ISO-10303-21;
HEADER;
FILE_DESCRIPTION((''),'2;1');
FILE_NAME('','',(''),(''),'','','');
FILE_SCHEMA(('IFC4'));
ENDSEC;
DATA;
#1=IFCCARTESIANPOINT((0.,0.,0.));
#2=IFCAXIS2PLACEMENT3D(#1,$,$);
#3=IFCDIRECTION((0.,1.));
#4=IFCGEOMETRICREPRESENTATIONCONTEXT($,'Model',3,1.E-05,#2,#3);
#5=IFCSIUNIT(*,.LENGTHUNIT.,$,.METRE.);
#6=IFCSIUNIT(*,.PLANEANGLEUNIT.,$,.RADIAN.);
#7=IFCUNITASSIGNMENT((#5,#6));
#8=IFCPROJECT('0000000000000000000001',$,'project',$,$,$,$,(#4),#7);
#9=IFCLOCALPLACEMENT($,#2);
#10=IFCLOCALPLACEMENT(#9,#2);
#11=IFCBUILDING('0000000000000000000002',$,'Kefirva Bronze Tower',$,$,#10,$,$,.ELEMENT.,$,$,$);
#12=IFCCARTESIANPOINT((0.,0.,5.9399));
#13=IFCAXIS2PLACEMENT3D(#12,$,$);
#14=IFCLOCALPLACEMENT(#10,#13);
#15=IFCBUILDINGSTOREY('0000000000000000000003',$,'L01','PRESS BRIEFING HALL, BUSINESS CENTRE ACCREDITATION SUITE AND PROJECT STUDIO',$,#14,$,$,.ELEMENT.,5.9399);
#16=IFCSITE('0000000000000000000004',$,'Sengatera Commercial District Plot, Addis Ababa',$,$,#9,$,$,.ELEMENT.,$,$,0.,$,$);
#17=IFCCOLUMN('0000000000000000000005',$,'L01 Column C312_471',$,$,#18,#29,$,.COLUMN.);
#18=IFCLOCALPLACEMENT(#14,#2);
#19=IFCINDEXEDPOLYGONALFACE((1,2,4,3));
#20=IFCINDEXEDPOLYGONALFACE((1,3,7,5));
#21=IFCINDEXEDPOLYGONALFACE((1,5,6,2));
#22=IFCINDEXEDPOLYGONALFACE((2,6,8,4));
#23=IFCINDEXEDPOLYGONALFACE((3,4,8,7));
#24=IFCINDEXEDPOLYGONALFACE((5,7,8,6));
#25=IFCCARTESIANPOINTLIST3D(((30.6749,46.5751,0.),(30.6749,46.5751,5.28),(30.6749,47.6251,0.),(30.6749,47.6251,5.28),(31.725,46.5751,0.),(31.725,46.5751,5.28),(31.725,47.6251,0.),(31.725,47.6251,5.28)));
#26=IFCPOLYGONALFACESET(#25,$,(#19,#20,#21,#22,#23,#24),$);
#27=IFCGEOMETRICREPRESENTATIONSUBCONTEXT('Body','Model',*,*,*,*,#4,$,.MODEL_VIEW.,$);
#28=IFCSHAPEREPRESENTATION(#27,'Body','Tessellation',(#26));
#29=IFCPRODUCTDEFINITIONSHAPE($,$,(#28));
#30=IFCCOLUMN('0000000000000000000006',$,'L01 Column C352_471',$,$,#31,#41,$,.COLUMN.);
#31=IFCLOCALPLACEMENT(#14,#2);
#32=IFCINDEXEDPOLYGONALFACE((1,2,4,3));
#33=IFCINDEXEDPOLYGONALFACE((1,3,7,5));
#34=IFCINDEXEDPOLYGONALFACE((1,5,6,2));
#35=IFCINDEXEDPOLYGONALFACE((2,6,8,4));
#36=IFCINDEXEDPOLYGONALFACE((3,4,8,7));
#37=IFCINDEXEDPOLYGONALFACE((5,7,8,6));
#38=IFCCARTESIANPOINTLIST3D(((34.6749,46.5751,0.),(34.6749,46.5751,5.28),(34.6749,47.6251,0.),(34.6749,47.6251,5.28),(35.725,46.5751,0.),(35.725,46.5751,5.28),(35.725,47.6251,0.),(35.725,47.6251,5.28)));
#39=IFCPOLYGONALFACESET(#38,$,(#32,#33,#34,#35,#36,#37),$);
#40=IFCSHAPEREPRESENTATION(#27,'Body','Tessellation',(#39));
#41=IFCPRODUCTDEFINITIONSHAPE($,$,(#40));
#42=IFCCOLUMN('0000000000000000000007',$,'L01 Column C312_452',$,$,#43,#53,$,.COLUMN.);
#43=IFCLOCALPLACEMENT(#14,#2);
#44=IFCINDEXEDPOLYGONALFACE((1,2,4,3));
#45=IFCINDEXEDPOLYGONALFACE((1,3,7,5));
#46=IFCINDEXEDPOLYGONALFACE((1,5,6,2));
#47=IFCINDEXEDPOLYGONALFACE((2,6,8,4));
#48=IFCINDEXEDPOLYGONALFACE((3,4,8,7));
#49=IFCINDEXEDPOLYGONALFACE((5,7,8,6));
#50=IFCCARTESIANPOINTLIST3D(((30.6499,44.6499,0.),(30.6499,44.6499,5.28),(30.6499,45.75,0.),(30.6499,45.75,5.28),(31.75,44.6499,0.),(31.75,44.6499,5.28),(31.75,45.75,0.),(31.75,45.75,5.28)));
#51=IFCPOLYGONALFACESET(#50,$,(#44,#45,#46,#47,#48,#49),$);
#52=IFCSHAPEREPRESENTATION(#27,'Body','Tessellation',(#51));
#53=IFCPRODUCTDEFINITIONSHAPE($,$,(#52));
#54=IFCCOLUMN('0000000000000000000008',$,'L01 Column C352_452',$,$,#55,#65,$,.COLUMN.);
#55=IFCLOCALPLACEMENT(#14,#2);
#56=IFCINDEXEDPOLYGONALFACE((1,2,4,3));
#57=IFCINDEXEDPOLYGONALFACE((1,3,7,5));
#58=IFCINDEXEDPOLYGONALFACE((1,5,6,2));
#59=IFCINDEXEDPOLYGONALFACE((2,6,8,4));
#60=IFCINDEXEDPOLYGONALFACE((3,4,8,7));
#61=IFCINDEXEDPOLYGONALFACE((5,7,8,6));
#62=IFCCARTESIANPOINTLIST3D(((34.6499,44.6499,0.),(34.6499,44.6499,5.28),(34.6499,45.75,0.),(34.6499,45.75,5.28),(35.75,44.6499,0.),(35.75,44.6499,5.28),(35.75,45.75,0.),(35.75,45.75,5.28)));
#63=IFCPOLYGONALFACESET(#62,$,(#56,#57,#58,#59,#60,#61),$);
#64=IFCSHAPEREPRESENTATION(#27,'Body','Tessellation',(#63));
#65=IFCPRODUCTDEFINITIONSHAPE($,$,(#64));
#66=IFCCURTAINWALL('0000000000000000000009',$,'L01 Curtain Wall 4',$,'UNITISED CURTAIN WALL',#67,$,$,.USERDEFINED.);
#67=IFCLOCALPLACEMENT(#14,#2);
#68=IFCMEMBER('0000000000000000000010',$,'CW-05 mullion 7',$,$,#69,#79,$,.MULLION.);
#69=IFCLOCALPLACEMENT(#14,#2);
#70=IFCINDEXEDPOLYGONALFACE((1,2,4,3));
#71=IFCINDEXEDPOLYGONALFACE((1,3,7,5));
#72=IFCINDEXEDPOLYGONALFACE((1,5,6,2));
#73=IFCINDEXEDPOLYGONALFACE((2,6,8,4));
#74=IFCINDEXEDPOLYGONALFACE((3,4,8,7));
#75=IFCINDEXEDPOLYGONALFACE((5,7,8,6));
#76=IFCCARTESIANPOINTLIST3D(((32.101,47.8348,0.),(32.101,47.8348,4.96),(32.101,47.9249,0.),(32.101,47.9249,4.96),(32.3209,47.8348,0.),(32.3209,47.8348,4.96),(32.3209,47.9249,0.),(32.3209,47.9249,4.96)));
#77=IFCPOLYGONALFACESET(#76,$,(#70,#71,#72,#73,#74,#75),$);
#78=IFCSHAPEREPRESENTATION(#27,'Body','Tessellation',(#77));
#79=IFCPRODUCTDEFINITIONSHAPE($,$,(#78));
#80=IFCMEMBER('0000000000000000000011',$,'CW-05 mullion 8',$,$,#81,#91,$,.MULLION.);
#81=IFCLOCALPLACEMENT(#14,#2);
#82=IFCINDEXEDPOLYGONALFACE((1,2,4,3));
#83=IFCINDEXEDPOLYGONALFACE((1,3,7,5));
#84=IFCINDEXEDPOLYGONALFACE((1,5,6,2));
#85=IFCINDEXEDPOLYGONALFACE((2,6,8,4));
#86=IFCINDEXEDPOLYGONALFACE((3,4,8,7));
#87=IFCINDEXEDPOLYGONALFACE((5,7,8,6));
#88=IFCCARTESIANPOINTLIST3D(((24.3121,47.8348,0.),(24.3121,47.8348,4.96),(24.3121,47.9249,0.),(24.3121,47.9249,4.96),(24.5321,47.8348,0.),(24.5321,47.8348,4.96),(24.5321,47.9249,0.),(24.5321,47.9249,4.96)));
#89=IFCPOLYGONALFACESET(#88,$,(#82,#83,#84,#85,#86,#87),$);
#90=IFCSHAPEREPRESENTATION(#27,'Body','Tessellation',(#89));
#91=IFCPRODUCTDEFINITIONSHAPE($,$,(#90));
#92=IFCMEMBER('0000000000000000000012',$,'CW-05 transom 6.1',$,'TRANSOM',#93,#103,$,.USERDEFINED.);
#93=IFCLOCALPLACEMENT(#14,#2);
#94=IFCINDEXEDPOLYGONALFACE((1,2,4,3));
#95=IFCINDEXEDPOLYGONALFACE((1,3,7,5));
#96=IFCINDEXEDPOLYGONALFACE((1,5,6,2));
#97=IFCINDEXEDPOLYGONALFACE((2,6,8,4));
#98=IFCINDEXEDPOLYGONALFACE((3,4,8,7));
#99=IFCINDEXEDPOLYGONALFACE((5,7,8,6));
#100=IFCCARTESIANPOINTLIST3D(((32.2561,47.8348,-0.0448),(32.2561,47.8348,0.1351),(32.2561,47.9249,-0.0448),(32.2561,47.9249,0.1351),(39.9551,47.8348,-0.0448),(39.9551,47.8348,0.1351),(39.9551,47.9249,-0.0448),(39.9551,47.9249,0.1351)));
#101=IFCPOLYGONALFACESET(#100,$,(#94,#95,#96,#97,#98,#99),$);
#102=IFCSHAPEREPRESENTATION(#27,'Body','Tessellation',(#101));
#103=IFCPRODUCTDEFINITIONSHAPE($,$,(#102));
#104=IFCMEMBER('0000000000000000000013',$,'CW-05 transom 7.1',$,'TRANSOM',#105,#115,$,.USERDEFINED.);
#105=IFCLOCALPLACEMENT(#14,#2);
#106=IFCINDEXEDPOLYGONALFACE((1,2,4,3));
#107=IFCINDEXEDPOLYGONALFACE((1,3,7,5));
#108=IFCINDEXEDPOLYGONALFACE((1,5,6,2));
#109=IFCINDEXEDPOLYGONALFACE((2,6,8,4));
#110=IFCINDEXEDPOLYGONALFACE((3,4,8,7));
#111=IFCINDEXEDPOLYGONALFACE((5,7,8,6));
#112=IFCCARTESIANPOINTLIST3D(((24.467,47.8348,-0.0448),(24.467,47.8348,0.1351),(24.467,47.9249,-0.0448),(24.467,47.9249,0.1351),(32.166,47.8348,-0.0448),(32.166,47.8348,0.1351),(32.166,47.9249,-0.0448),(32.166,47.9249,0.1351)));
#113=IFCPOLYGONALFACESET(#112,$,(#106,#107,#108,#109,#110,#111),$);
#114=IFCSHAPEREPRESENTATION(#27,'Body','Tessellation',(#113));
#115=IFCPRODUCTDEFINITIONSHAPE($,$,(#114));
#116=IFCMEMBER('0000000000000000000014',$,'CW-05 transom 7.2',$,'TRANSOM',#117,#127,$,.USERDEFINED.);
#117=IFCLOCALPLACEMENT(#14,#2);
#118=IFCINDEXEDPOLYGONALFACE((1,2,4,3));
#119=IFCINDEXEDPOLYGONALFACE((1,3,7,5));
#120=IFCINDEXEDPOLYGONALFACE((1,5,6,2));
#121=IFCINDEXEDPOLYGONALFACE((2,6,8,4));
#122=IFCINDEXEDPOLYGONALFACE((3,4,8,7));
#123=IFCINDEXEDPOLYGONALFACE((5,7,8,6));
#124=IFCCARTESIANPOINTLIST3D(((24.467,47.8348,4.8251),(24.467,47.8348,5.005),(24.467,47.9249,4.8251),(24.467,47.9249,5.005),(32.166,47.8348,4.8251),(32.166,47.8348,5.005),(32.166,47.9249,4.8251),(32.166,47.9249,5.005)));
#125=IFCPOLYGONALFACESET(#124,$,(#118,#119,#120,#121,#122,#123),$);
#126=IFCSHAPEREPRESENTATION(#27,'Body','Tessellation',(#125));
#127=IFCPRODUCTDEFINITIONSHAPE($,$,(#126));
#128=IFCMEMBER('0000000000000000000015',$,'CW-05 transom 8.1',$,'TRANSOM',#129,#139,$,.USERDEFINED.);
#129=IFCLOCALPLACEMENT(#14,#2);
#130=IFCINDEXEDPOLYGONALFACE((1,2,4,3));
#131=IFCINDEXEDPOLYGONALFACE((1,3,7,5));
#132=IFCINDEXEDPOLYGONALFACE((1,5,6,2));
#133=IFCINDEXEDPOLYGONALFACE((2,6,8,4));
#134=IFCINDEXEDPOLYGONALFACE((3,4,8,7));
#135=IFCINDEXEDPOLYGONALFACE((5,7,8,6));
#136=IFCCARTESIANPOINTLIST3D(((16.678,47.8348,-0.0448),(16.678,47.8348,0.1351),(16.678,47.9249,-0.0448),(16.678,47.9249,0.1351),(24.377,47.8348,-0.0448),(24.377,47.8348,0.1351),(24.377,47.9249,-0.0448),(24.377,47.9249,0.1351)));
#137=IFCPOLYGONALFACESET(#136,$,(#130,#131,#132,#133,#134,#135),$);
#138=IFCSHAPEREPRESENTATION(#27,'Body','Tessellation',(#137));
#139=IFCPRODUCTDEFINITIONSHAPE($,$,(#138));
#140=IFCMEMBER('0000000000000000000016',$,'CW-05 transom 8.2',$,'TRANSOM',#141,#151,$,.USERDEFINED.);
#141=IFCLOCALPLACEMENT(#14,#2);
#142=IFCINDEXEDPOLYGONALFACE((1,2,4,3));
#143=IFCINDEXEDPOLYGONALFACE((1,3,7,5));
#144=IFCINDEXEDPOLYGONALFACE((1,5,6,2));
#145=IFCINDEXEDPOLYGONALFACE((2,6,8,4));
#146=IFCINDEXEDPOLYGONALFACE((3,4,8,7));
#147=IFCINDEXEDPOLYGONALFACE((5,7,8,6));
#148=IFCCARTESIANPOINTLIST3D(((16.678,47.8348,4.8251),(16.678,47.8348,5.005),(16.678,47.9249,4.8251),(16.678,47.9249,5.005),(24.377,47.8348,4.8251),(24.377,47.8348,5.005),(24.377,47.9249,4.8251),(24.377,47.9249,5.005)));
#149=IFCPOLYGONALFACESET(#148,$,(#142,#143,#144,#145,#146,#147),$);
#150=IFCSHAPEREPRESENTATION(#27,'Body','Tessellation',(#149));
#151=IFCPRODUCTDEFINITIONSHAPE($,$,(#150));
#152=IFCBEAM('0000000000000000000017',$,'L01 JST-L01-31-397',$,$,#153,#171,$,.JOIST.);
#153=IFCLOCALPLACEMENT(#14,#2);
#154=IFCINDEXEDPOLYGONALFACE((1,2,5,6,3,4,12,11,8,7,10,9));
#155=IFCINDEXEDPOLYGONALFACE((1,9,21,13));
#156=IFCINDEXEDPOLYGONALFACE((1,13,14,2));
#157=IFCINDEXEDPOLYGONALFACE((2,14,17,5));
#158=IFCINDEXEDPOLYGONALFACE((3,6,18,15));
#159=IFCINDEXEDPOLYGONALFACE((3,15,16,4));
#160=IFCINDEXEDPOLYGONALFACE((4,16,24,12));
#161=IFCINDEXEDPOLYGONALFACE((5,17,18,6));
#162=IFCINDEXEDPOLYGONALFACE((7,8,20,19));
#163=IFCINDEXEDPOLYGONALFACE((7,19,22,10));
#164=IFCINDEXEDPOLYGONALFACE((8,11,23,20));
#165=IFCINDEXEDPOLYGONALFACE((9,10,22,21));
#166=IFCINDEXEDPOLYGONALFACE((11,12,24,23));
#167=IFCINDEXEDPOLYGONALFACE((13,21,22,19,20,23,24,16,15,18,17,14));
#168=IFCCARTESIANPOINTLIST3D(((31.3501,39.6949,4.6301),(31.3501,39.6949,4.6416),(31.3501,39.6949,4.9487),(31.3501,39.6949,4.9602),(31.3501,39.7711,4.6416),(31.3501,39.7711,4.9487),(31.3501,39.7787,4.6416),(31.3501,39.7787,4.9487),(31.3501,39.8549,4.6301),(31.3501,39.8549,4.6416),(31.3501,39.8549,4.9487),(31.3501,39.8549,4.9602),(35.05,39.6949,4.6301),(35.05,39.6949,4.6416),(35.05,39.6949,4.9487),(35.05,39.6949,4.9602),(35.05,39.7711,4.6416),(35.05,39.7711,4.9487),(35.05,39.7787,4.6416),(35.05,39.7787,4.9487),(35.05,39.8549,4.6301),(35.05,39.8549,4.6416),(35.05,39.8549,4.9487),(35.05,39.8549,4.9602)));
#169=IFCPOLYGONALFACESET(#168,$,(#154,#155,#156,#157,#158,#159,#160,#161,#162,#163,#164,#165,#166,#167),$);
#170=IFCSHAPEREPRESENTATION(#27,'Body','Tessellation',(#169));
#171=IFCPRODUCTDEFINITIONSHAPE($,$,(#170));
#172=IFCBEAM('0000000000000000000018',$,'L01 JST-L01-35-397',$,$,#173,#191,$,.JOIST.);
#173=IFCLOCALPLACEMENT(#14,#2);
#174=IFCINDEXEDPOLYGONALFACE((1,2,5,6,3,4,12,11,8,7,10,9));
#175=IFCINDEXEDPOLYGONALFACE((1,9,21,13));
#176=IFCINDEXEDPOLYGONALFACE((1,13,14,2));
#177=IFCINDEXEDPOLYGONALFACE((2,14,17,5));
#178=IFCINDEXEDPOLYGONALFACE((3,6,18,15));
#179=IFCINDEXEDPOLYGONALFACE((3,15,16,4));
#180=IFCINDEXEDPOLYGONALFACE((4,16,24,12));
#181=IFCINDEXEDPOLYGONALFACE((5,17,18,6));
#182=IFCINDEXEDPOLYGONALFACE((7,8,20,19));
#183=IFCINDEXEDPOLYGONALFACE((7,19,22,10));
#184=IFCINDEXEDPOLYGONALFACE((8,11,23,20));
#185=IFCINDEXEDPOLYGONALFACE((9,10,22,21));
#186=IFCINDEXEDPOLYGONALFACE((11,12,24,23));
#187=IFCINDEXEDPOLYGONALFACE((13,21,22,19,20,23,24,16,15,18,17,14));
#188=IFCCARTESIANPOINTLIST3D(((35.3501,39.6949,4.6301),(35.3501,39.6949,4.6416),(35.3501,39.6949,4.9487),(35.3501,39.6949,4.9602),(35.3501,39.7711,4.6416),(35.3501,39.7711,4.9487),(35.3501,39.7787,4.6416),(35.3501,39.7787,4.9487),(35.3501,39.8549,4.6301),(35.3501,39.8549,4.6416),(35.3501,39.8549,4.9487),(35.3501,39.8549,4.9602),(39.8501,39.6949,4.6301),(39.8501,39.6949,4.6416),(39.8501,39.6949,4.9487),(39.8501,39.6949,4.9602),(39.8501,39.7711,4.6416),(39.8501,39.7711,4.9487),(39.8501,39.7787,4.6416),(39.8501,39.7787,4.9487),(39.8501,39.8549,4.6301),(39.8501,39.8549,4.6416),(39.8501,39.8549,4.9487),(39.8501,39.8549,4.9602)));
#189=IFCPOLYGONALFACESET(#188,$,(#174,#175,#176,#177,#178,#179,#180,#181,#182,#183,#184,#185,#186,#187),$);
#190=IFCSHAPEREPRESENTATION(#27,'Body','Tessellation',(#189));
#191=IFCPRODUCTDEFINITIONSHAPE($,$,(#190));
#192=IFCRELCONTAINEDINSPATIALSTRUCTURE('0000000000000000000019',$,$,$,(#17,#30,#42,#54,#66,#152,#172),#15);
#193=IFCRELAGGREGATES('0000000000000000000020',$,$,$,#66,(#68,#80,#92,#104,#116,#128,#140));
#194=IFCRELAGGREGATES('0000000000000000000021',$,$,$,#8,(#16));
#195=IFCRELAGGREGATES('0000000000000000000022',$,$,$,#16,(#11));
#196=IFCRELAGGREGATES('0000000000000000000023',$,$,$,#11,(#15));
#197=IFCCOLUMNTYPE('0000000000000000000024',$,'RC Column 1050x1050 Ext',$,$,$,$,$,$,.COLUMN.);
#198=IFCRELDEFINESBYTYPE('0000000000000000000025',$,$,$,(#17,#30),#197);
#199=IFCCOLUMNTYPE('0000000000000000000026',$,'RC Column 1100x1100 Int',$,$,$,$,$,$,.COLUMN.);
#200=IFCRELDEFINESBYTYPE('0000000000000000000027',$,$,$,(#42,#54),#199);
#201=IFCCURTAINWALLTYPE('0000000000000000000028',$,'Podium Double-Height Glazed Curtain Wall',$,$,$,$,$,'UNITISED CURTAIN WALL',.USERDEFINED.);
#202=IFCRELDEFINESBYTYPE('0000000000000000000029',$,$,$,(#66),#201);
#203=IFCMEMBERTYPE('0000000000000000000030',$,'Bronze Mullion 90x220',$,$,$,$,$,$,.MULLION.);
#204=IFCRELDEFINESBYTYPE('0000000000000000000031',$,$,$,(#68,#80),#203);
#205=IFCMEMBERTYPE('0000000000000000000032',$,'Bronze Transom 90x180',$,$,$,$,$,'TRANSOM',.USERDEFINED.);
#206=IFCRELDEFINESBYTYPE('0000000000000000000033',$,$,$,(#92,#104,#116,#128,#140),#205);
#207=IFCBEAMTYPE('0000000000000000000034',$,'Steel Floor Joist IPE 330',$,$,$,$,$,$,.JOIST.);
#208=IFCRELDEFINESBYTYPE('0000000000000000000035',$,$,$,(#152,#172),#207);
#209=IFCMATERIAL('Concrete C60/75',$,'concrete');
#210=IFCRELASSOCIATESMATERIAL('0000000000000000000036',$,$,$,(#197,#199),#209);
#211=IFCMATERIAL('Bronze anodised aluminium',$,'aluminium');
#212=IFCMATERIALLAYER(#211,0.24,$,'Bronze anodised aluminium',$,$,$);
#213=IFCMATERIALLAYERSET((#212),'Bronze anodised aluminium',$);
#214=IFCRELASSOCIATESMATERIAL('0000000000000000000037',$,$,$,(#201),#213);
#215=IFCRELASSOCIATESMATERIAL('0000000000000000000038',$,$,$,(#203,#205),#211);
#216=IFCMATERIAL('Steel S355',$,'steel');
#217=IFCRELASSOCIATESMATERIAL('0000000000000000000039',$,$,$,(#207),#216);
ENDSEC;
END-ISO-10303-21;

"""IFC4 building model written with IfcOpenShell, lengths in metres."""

from ifc_helpers import new_model, si_unit, direction, frame, origin, origin_2d, place, context, subcontext, project, spatial, rectangle, i_section, extrude, material, layer, layer_set, material_profile, profile_set, type_object, element, aggregate, save


model = new_model("IFC4")

# Units and contexts
model_context = context("Model", 3, precision=1e-05, world=origin(), true_north=direction((0.0, 1.0)))
body_context = subcontext(model_context, "Body", "Model", "MODEL_VIEW")
ifc_project = project(units=[si_unit("LENGTHUNIT", "METRE"), si_unit("PLANEANGLEUNIT", "RADIAN")], contexts=[model_context])

# Site, building, storey
site_placement = place(None, origin())
site = spatial("IfcSite", under=ifc_project, at=site_placement, Name="Sengatera Commercial District Plot, Addis Ababa", CompositionType="ELEMENT", RefElevation=0.0)
building_placement = place(site_placement, origin())
building = spatial("IfcBuilding", under=site, at=building_placement, Name="Kefirva Bronze Tower", CompositionType="ELEMENT")
storey_placement = place(building_placement, frame((0.0, 0.0, 5.9399)))
storey = spatial("IfcBuildingStorey", under=building, at=storey_placement, Name="L01", Description="PRESS BRIEFING HALL, BUSINESS CENTRE ACCREDITATION SUITE AND PROJECT STUDIO", CompositionType="ELEMENT", Elevation=5.9399)

# Columns
ifc_material_1 = material(Name="Concrete C60/75", Category="concrete")
ifc_material_profile_1 = material_profile(ifc_material_1, rectangle(XDim=1.05, YDim=1.05, at=origin_2d()), Name="RC 1050x1050")
ifc_profile_set_1 = profile_set([ifc_material_profile_1], Name="Concrete C60/75")
column_type_1 = type_object("IfcColumnType", Name="RC Column 1050x1050 Ext", PredefinedType="COLUMN", material=ifc_profile_set_1)
for number, where, z_axis, x_axis, name in (
    (1, (31.2, 47.1001, 0.0), (0.0, 0.0, 1.0), (1.0, 0.0, 0.0), "L01 Column C312_471"),
    (2, (35.2, 47.1001, 0.0), (0.0, 0.0, 1.0), (1.0, 0.0, 0.0), "L01 Column C352_471"),
):
    element("IfcColumn", number, at=place(storey_placement, frame(where, z_axis=z_axis, x_axis=x_axis)), inside=storey, type_object=column_type_1, Name=name, PredefinedType="COLUMN", context=body_context, shape_type="SweptSolid", body=[
        extrude(rectangle(XDim=1.05, YDim=1.05, at=origin_2d()), origin(), (0.0, 0.0, 1.0), 5.28),
    ])
ifc_material_profile_2 = material_profile(ifc_material_1, rectangle(XDim=1.1001, YDim=1.1001, at=origin_2d()), Name="RC 1100x1100")
ifc_profile_set_2 = profile_set([ifc_material_profile_2], Name="Concrete C60/75")
column_type_2 = type_object("IfcColumnType", Name="RC Column 1100x1100 Int", PredefinedType="COLUMN", material=ifc_profile_set_2)
for number, where, z_axis, x_axis, name in (
    (3, (31.2, 45.2, 0.0), (0.0, 0.0, 1.0), (1.0, 0.0, 0.0), "L01 Column C312_452"),
    (4, (35.2, 45.2, 0.0), (0.0, 0.0, 1.0), (1.0, 0.0, 0.0), "L01 Column C352_452"),
):
    element("IfcColumn", number, at=place(storey_placement, frame(where, z_axis=z_axis, x_axis=x_axis)), inside=storey, type_object=column_type_2, Name=name, PredefinedType="COLUMN", context=body_context, shape_type="SweptSolid", body=[
        extrude(rectangle(XDim=1.1001, YDim=1.1001, at=origin_2d()), origin(), (0.0, 0.0, 1.0), 5.28),
    ])

# Curtain wall, members
ifc_material_2 = material(Name="Bronze anodised aluminium", Category="aluminium")
ifc_layer_1 = layer(ifc_material_2, 0.24, Name="Bronze anodised aluminium")
ifc_layer_set_1 = layer_set([ifc_layer_1], Name="Bronze anodised aluminium")
curtain_wall_type = type_object("IfcCurtainWallType", Name="Podium Double-Height Glazed Curtain Wall", ElementType="UNITISED CURTAIN WALL", PredefinedType="USERDEFINED", material=ifc_layer_set_1)
curtain_wall_placement = place(storey_placement, origin())
curtain_wall = element("IfcCurtainWall", 5, at=curtain_wall_placement, inside=storey, type_object=curtain_wall_type, Name="L01 Curtain Wall 4", ObjectType="UNITISED CURTAIN WALL", PredefinedType="USERDEFINED")
ifc_material_profile_3 = material_profile(ifc_material_2, rectangle(XDim=0.0901, YDim=0.22, at=origin_2d()), Name="ALU 90x220")
ifc_profile_set_3 = profile_set([ifc_material_profile_3], Name="Bronze anodised aluminium")
member_type_1 = type_object("IfcMemberType", Name="Bronze Mullion 90x220", PredefinedType="MULLION", material=ifc_profile_set_3)
member_1_placement = place(storey_placement, frame((32.2109, 47.8799, 0.0), z_axis=(0.0, 0.0, 1.0), x_axis=(0.0, -1.0, 0.0)))
member_1 = element("IfcMember", 6, at=member_1_placement, type_object=member_type_1, Name="CW-05 mullion 7", PredefinedType="MULLION", context=body_context, shape_type="SweptSolid", body=[
    extrude(rectangle(XDim=0.0901, YDim=0.22, at=origin_2d()), origin(), (0.0, 0.0, 1.0), 4.96),
])
member_2_placement = place(storey_placement, frame((24.4221, 47.8799, 0.0), z_axis=(0.0, 0.0, 1.0), x_axis=(0.0, -1.0, 0.0)))
member_2 = element("IfcMember", 7, at=member_2_placement, type_object=member_type_1, Name="CW-05 mullion 8", PredefinedType="MULLION", context=body_context, shape_type="SweptSolid", body=[
    extrude(rectangle(XDim=0.0901, YDim=0.22, at=origin_2d()), origin(), (0.0, 0.0, 1.0), 4.96),
])
ifc_material_profile_4 = material_profile(ifc_material_2, rectangle(XDim=0.0901, YDim=0.1799, at=origin_2d()), Name="ALU 90x180")
ifc_profile_set_4 = profile_set([ifc_material_profile_4], Name="Bronze anodised aluminium")
member_type_2 = type_object("IfcMemberType", Name="Bronze Transom 90x180", ElementType="TRANSOM", PredefinedType="USERDEFINED", material=ifc_profile_set_4)
member_3_placement = place(storey_placement, frame((39.9551, 47.8799, 0.0452), z_axis=(-1.0, 0.0, 0.0), x_axis=(0.0, -1.0, 0.0)))
member_3 = element("IfcMember", 8, at=member_3_placement, type_object=member_type_2, Name="CW-05 transom 6.1", ObjectType="TRANSOM", PredefinedType="USERDEFINED", context=body_context, shape_type="SweptSolid", body=[
    extrude(rectangle(XDim=0.0901, YDim=0.1799, at=origin_2d()), origin(), (0.0, 0.0, 1.0), 7.699),
])
member_4_placement = place(storey_placement, frame((32.166, 47.8799, 0.0452), z_axis=(-1.0, 0.0, 0.0), x_axis=(0.0, -1.0, 0.0)))
member_4 = element("IfcMember", 9, at=member_4_placement, type_object=member_type_2, Name="CW-05 transom 7.1", ObjectType="TRANSOM", PredefinedType="USERDEFINED", context=body_context, shape_type="SweptSolid", body=[
    extrude(rectangle(XDim=0.0901, YDim=0.1799, at=origin_2d()), origin(), (0.0, 0.0, 1.0), 7.699),
])
member_5_placement = place(storey_placement, frame((32.166, 47.8799, 4.915), z_axis=(-1.0, 0.0, 0.0), x_axis=(0.0, -1.0, 0.0)))
member_5 = element("IfcMember", 10, at=member_5_placement, type_object=member_type_2, Name="CW-05 transom 7.2", ObjectType="TRANSOM", PredefinedType="USERDEFINED", context=body_context, shape_type="SweptSolid", body=[
    extrude(rectangle(XDim=0.0901, YDim=0.1799, at=origin_2d()), origin(), (0.0, 0.0, 1.0), 7.699),
])
member_6_placement = place(storey_placement, frame((24.377, 47.8799, 0.0452), z_axis=(-1.0, 0.0, 0.0), x_axis=(0.0, -1.0, 0.0)))
member_6 = element("IfcMember", 11, at=member_6_placement, type_object=member_type_2, Name="CW-05 transom 8.1", ObjectType="TRANSOM", PredefinedType="USERDEFINED", context=body_context, shape_type="SweptSolid", body=[
    extrude(rectangle(XDim=0.0901, YDim=0.1799, at=origin_2d()), origin(), (0.0, 0.0, 1.0), 7.699),
])
member_7_placement = place(storey_placement, frame((24.377, 47.8799, 4.915), z_axis=(-1.0, 0.0, 0.0), x_axis=(0.0, -1.0, 0.0)))
member_7 = element("IfcMember", 12, at=member_7_placement, type_object=member_type_2, Name="CW-05 transom 8.2", ObjectType="TRANSOM", PredefinedType="USERDEFINED", context=body_context, shape_type="SweptSolid", body=[
    extrude(rectangle(XDim=0.0901, YDim=0.1799, at=origin_2d()), origin(), (0.0, 0.0, 1.0), 7.699),
])

# Beams
ifc_material_3 = material(Name="Steel S355", Category="steel")
ifc_material_profile_5 = material_profile(ifc_material_3, i_section(OverallWidth=0.1599, OverallDepth=0.3301, WebThickness=0.0076, FlangeThickness=0.0115, at=origin_2d()), Name="IPE 330")
ifc_profile_set_5 = profile_set([ifc_material_profile_5], Name="Steel S355")
beam_type_1 = type_object("IfcBeamType", Name="Steel Floor Joist IPE 330", PredefinedType="JOIST", material=ifc_profile_set_5)
beam_1_placement = place(storey_placement, frame((31.3501, 39.7749, 4.7952), z_axis=(1.0, 0.0, 0.0), x_axis=(0.0, 1.0, 0.0)))
element("IfcBeam", 13, at=beam_1_placement, inside=storey, type_object=beam_type_1, Name="L01 JST-L01-31-397", PredefinedType="JOIST", context=body_context, shape_type="SweptSolid", body=[
    extrude(i_section(OverallWidth=0.1599, OverallDepth=0.3301, WebThickness=0.0076, FlangeThickness=0.0115, at=origin_2d()), origin(), (0.0, 0.0, 1.0), 3.7),
])
beam_2_placement = place(storey_placement, frame((35.3501, 39.7749, 4.7952), z_axis=(1.0, 0.0, 0.0), x_axis=(0.0, 1.0, 0.0)))
element("IfcBeam", 14, at=beam_2_placement, inside=storey, type_object=beam_type_1, Name="L01 JST-L01-35-397", PredefinedType="JOIST", context=body_context, shape_type="SweptSolid", body=[
    extrude(i_section(OverallWidth=0.1599, OverallDepth=0.3301, WebThickness=0.0076, FlangeThickness=0.0115, at=origin_2d()), origin(), (0.0, 0.0, 1.0), 4.5),
])

aggregate(curtain_wall, [member_1, member_2, member_3, member_4, member_5, member_6, member_7])

save(model, "model.ifc")
